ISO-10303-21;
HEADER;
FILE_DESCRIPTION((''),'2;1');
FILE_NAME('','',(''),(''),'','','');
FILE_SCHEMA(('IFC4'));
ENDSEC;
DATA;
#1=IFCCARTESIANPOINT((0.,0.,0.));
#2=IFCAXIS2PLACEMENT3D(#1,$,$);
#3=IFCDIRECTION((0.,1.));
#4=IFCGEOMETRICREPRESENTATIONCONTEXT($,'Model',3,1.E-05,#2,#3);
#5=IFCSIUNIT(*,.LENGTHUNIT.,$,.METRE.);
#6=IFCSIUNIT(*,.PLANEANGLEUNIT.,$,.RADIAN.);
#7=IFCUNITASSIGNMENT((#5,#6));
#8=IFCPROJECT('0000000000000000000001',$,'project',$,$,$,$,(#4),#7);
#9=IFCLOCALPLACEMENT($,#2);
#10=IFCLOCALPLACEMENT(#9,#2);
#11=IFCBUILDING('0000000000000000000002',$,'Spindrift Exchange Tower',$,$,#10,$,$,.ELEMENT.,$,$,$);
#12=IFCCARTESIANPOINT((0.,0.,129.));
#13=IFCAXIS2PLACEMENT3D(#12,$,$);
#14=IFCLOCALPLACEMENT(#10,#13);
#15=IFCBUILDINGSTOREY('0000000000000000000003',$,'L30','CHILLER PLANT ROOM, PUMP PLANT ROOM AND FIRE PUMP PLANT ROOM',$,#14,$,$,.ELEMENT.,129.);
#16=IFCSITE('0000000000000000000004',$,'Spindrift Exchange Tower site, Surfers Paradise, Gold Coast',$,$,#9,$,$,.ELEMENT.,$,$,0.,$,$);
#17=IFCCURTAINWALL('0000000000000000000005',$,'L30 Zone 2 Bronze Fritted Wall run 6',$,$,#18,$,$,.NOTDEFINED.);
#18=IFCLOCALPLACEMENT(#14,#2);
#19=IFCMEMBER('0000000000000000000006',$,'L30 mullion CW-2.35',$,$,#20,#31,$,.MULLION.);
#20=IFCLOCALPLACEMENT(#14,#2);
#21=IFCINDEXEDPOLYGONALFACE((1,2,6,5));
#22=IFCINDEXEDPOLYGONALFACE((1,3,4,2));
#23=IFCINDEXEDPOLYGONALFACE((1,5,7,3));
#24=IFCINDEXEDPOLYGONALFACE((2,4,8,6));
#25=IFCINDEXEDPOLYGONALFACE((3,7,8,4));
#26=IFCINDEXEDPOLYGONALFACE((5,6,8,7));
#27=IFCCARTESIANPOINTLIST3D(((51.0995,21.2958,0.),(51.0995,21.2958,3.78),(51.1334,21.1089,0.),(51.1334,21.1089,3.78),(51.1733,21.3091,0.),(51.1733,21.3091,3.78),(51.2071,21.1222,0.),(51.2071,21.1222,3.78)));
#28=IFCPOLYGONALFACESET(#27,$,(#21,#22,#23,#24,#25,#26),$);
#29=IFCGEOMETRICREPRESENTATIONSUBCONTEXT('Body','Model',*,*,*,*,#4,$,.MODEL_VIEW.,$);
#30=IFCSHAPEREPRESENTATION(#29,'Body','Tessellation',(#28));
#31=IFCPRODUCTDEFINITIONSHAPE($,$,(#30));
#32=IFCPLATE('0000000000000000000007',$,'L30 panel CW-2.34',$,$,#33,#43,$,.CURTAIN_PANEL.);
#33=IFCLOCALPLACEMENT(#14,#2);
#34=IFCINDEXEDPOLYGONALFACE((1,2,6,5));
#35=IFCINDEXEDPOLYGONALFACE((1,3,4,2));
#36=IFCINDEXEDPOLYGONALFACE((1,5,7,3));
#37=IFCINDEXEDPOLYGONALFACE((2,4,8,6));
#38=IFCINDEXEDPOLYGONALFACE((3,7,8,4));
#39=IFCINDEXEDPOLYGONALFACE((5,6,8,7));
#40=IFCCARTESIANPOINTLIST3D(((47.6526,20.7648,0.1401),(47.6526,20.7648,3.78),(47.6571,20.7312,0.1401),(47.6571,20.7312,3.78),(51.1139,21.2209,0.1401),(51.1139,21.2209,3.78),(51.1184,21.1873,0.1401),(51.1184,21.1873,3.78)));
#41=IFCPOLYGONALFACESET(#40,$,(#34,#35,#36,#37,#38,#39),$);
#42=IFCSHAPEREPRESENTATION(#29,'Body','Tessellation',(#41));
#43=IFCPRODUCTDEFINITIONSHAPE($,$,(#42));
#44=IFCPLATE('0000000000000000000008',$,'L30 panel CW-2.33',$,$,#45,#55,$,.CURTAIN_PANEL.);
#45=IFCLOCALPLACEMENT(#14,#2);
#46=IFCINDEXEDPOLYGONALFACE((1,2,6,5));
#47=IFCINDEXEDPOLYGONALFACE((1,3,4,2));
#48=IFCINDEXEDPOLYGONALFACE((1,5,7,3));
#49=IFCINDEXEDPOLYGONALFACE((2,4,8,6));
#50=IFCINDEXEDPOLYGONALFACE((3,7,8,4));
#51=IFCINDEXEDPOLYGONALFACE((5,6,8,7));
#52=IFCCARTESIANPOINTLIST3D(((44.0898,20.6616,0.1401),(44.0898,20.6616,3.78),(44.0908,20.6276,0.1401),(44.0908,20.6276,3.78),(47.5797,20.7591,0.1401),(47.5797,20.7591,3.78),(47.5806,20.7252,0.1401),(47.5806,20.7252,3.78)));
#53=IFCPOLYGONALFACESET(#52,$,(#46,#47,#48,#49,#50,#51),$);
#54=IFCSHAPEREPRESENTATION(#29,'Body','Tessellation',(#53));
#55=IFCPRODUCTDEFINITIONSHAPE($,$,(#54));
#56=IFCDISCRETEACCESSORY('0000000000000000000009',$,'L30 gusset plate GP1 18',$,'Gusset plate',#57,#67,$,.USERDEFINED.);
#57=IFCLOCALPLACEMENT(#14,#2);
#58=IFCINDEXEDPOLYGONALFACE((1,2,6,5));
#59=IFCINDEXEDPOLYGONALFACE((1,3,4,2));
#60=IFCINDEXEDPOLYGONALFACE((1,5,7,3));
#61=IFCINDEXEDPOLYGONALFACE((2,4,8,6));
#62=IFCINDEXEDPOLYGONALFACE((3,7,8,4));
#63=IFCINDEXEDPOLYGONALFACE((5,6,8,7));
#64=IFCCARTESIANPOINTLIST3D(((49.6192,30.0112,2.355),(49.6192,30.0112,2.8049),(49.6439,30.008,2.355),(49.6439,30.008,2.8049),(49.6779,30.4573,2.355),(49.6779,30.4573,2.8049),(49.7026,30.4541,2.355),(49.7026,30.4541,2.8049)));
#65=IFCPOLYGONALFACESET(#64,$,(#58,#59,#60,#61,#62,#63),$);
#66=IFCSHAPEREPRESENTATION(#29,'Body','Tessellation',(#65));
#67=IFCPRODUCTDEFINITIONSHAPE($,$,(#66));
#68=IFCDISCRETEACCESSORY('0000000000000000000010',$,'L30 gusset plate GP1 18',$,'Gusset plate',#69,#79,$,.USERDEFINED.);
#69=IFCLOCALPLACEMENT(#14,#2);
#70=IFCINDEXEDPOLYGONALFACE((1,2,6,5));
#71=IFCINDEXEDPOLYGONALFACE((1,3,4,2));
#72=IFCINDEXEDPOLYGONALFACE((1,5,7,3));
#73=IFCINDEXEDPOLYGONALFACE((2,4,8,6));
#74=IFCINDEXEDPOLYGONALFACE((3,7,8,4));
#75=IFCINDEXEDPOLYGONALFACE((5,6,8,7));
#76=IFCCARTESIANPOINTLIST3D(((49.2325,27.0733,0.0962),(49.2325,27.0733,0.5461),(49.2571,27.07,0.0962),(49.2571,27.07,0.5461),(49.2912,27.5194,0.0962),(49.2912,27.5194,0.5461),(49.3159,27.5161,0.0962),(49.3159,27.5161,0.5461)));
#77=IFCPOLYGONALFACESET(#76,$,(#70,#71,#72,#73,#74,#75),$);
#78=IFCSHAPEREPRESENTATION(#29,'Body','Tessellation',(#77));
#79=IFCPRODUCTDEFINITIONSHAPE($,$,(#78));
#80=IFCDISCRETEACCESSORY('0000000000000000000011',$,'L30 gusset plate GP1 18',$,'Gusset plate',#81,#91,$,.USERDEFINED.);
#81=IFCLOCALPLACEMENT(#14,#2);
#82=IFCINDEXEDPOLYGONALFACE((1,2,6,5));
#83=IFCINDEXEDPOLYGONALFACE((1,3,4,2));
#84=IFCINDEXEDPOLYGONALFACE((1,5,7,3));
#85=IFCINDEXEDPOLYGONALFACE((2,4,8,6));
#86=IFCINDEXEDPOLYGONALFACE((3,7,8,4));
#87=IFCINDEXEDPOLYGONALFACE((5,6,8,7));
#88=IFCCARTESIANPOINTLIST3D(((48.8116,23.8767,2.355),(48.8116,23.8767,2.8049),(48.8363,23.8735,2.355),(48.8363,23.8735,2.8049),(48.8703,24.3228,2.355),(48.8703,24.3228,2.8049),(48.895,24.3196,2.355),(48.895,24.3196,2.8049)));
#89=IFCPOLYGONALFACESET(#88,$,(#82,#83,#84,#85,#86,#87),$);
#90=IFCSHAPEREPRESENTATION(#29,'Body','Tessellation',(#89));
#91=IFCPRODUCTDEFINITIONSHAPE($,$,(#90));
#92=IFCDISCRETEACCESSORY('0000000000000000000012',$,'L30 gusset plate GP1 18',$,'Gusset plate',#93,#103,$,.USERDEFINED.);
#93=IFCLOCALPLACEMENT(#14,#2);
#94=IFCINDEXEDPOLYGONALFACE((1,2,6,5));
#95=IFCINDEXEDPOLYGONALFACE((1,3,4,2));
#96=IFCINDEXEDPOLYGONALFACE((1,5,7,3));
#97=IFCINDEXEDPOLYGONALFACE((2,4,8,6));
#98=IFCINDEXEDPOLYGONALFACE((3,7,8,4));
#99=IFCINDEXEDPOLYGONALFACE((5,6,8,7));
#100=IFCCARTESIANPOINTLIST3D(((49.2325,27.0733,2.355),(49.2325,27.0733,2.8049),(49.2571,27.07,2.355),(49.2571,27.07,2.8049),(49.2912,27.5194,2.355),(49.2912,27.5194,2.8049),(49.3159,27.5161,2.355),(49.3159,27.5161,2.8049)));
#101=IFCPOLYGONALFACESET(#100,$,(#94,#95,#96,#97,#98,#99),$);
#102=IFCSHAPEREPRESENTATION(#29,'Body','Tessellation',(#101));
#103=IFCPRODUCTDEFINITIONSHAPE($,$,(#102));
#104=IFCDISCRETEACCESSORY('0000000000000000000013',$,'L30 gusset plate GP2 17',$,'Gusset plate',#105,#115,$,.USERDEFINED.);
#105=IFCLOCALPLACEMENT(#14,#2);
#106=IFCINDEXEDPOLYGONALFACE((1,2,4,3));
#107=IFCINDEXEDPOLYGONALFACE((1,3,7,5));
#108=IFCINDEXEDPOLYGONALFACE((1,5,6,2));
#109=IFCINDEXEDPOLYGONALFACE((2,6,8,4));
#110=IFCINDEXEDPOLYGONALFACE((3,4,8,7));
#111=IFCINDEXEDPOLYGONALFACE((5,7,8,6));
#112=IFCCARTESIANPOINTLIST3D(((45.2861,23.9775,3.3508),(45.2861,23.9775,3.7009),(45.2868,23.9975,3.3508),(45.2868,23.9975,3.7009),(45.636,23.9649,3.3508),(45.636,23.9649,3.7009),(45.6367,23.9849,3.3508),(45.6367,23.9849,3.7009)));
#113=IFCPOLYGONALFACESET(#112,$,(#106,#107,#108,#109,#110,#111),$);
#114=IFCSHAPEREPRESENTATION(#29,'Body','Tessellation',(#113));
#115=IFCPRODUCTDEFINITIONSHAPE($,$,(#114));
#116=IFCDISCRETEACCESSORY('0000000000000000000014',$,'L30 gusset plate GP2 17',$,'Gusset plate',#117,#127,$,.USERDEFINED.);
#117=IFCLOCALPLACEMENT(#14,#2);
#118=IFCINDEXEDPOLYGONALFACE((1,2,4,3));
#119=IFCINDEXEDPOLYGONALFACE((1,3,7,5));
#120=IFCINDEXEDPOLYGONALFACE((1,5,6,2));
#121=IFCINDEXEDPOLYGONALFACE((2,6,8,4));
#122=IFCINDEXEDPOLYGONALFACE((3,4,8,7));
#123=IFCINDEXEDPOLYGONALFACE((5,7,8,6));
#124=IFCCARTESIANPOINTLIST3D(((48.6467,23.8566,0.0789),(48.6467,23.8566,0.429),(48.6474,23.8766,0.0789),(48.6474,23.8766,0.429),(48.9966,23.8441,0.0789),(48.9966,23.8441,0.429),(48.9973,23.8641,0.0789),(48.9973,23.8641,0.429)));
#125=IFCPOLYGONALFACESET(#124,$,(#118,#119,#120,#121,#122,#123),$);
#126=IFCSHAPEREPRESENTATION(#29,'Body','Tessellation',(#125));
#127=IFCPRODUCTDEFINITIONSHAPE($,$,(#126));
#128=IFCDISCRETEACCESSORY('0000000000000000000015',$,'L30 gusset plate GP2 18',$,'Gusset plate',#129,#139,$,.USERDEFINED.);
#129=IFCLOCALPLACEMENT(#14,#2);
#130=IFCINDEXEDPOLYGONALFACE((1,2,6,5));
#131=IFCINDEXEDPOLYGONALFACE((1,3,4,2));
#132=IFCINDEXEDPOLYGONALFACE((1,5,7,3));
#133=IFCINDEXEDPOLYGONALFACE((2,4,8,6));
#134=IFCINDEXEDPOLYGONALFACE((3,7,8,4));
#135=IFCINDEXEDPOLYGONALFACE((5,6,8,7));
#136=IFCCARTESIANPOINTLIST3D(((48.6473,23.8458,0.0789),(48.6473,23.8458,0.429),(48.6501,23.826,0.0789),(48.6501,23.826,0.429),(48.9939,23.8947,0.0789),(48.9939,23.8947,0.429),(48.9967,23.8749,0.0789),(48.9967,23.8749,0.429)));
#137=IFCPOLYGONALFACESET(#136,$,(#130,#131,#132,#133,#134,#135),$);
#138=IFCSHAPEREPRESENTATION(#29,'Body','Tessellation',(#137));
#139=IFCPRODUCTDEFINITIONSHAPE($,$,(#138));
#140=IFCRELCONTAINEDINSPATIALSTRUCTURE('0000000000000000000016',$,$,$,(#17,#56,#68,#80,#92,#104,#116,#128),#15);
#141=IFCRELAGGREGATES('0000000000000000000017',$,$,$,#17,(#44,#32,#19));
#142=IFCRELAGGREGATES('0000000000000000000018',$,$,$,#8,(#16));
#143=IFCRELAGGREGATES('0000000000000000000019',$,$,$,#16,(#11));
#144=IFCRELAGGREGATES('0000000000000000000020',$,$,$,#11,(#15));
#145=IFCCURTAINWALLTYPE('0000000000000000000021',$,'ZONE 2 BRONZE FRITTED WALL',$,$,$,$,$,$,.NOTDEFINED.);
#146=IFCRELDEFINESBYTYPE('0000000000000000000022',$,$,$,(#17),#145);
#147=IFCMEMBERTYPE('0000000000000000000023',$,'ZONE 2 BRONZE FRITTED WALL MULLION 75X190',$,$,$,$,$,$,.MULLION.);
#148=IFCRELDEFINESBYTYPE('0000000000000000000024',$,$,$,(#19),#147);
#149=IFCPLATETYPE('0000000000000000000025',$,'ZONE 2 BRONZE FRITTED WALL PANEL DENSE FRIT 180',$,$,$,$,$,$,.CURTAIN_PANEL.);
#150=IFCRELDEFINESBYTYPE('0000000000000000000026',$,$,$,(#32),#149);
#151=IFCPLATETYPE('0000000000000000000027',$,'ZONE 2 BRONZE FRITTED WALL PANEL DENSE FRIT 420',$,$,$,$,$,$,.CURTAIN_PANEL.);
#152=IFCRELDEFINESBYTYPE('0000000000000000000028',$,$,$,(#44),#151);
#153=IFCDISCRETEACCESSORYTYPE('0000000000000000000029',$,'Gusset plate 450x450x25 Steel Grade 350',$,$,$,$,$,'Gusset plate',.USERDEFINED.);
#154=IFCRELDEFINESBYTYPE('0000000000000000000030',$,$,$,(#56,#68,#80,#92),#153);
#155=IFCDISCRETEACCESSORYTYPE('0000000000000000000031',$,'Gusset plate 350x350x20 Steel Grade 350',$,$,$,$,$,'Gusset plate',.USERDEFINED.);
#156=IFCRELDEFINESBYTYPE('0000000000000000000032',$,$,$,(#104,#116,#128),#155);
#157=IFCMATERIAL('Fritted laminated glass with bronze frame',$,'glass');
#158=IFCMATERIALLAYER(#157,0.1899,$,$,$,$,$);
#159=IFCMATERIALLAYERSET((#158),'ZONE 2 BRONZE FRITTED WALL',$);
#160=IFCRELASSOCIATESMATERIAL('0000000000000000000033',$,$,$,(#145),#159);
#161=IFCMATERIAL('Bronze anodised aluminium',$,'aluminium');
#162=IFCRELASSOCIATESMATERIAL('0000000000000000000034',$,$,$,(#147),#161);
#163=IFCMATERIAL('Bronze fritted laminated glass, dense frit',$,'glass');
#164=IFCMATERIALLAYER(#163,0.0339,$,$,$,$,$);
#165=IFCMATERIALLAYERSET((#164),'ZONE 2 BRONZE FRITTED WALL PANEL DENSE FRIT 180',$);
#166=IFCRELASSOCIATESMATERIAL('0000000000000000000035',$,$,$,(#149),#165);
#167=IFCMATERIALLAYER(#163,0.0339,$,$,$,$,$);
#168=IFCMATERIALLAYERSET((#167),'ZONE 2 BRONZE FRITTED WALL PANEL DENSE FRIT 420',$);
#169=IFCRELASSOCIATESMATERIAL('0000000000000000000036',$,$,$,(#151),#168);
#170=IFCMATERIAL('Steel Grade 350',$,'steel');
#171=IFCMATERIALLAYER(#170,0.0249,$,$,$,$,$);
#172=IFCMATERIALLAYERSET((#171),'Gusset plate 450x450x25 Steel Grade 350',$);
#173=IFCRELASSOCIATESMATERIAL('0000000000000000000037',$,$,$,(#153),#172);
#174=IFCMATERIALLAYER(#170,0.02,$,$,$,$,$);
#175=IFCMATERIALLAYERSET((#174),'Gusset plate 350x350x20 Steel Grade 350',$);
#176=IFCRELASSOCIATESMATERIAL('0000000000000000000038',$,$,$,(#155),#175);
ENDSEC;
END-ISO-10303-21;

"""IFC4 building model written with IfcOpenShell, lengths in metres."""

from ifc_helpers import new_model, si_unit, direction, frame, origin, origin_2d, place, context, subcontext, project, spatial, rectangle, extrude, source, transform, mapped, material, layer, layer_set, material_profile, profile_set, type_object, element, aggregate, save


model = new_model("IFC4")

# Units and contexts
model_context = context("Model", 3, precision=1e-05, world=origin(), true_north=direction((0.0, 1.0)))
body_context = subcontext(model_context, "Body", "Model", "MODEL_VIEW")
ifc_project = project(units=[si_unit("LENGTHUNIT", "METRE"), si_unit("PLANEANGLEUNIT", "RADIAN")], contexts=[model_context])

# Site, building, storey
site_placement = place(None, origin())
site = spatial("IfcSite", under=ifc_project, at=site_placement, Name="Spindrift Exchange Tower site, Surfers Paradise, Gold Coast", CompositionType="ELEMENT", RefElevation=0.0)
building_placement = place(site_placement, origin())
building = spatial("IfcBuilding", under=site, at=building_placement, Name="Spindrift Exchange Tower", CompositionType="ELEMENT")
storey_placement = place(building_placement, frame((0.0, 0.0, 129.0)))
storey = spatial("IfcBuildingStorey", under=building, at=storey_placement, Name="L30", Description="CHILLER PLANT ROOM, PUMP PLANT ROOM AND FIRE PUMP PLANT ROOM", CompositionType="ELEMENT", Elevation=129.0)

# Shared definitions
ifc_material_1 = material(Name="Steel Grade 350", Category="steel")

# Curtain wall, member, plates
ifc_material_2 = material(Name="Fritted laminated glass with bronze frame", Category="glass")
ifc_layer_1 = layer(ifc_material_2, 0.1899)
ifc_layer_set_1 = layer_set([ifc_layer_1], Name="ZONE 2 BRONZE FRITTED WALL")
curtain_wall_type = type_object("IfcCurtainWallType", Name="ZONE 2 BRONZE FRITTED WALL", PredefinedType="NOTDEFINED", material=ifc_layer_set_1)
curtain_wall_placement = place(storey_placement, origin())
curtain_wall = element("IfcCurtainWall", 1, at=curtain_wall_placement, inside=storey, type_object=curtain_wall_type, Name="L30 Zone 2 Bronze Fritted Wall run 6", PredefinedType="NOTDEFINED")
ifc_material_3 = material(Name="Bronze anodised aluminium", Category="aluminium")
ifc_material_profile_1 = material_profile(ifc_material_3, rectangle(XDim=0.075, YDim=0.1899, at=origin_2d()), Name="ZONE 2 BRONZE FRITTED WALL MULLION 75X190")
ifc_profile_set_1 = profile_set([ifc_material_profile_1], Name="Bronze anodised aluminium")
member_type_1 = type_object("IfcMemberType", Name="ZONE 2 BRONZE FRITTED WALL MULLION 75X190", PredefinedType="MULLION", material=ifc_profile_set_1)
shared_shape_1 = source(origin(), body_context, "Body", "SweptSolid", [
    extrude(rectangle(XDim=0.075, YDim=0.1899, at=origin_2d()), origin(), (0.0, 0.0, 1.0), 3.78),
])
member_1_placement = place(storey_placement, frame((51.1533, 21.209, 0.0), z_axis=(0.0, 0.0, 1.0), x_axis=(0.983996, 0.178189, 0.0)))
member_1 = element("IfcMember", 2, at=member_1_placement, type_object=member_type_1, Name="L30 mullion CW-2.35", PredefinedType="MULLION", context=body_context, shape_type="MappedRepresentation", body=[
    mapped(shared_shape_1, transform((0.0, 0.0, 0.0), scale=1.0)),
])
ifc_material_4 = material(Name="Bronze fritted laminated glass, dense frit", Category="glass")
ifc_layer_2 = layer(ifc_material_4, 0.0339)
ifc_layer_set_2 = layer_set([ifc_layer_2], Name="ZONE 2 BRONZE FRITTED WALL PANEL DENSE FRIT 180")
plate_type_1 = type_object("IfcPlateType", Name="ZONE 2 BRONZE FRITTED WALL PANEL DENSE FRIT 180", PredefinedType="CURTAIN_PANEL", material=ifc_layer_set_2)
shared_shape_2 = source(origin(), body_context, "Body", "SweptSolid", [
    extrude(rectangle(XDim=3.4912, YDim=0.0339, at=origin_2d()), origin(), (0.0, 0.0, 1.0), 3.6399),
])
plate_1_placement = place(storey_placement, frame((49.3855, 20.9761, 0.1401), z_axis=(0.0, 0.0, 1.0), x_axis=(0.99143, 0.13064, 0.0)))
plate_1 = element("IfcPlate", 3, at=plate_1_placement, type_object=plate_type_1, Name="L30 panel CW-2.34", PredefinedType="CURTAIN_PANEL", context=body_context, shape_type="MappedRepresentation", body=[
    mapped(shared_shape_2, transform((0.0, 0.0, 0.0), scale=1.0)),
])
ifc_layer_3 = layer(ifc_material_4, 0.0339)
ifc_layer_set_3 = layer_set([ifc_layer_3], Name="ZONE 2 BRONZE FRITTED WALL PANEL DENSE FRIT 420")
plate_type_2 = type_object("IfcPlateType", Name="ZONE 2 BRONZE FRITTED WALL PANEL DENSE FRIT 420", PredefinedType="CURTAIN_PANEL", material=ifc_layer_set_3)
shared_shape_3 = source(origin(), body_context, "Body", "SweptSolid", [
    extrude(rectangle(XDim=3.4912, YDim=0.0339, at=origin_2d()), origin(), (0.0, 0.0, 1.0), 3.6399),
])
plate_2_placement = place(storey_placement, frame((45.8352, 20.6934, 0.1401), z_axis=(0.0, 0.0, 1.0), x_axis=(0.99961, 0.02793, 0.0)))
plate_2 = element("IfcPlate", 4, at=plate_2_placement, type_object=plate_type_2, Name="L30 panel CW-2.33", PredefinedType="CURTAIN_PANEL", context=body_context, shape_type="MappedRepresentation", body=[
    mapped(shared_shape_3, transform((0.0, 0.0, 0.0), scale=1.0)),
])
aggregate(curtain_wall, [plate_2, plate_1, member_1])

# Discrete accessories
ifc_layer_4 = layer(ifc_material_1, 0.0249)
ifc_layer_set_4 = layer_set([ifc_layer_4], Name="Gusset plate 450x450x25 Steel Grade 350")
discrete_accessory_type_1 = type_object("IfcDiscreteAccessoryType", Name="Gusset plate 450x450x25 Steel Grade 350", ElementType="Gusset plate", PredefinedType="USERDEFINED", material=ifc_layer_set_4)
shared_shape_4 = source(origin(), body_context, "Body", "SweptSolid", [
    extrude(rectangle(XDim=0.45, YDim=0.0249, at=origin_2d()), origin(), (0.0, 0.0, 1.0), 0.45),
])
for number, where, z_axis, x_axis, name in (
    (5, (49.6609, 30.2327, 2.355), (0.0, 0.0, 1.0), (-0.130528, -0.991445, 0.0), "L30 gusset plate GP1 18"),
    (6, (49.2742, 27.2947, 0.0962), (0.0, 0.0, 1.0), (-0.130528, -0.991445, 0.0), "L30 gusset plate GP1 18"),
    (7, (48.8533, 24.0981, 2.355), (0.0, 0.0, 1.0), (-0.130518, -0.991446, 0.0), "L30 gusset plate GP1 18"),
    (8, (49.2742, 27.2947, 2.355), (0.0, 0.0, 1.0), (-0.130526, -0.991445, 0.0), "L30 gusset plate GP1 18"),
):
    element("IfcDiscreteAccessory", number, at=place(storey_placement, frame(where, z_axis=z_axis, x_axis=x_axis)), inside=storey, type_object=discrete_accessory_type_1, Name=name, ObjectType="Gusset plate", PredefinedType="USERDEFINED", context=body_context, shape_type="MappedRepresentation", body=[
        mapped(shared_shape_4, transform((0.0, 0.0, 0.0), scale=1.0)),
    ])
ifc_layer_5 = layer(ifc_material_1, 0.02)
ifc_layer_set_5 = layer_set([ifc_layer_5], Name="Gusset plate 350x350x20 Steel Grade 350")
discrete_accessory_type_2 = type_object("IfcDiscreteAccessoryType", Name="Gusset plate 350x350x20 Steel Grade 350", ElementType="Gusset plate", PredefinedType="USERDEFINED", material=ifc_layer_set_5)
shared_shape_5 = source(origin(), body_context, "Body", "SweptSolid", [
    extrude(rectangle(XDim=0.3501, YDim=0.02, at=origin_2d()), origin(), (0.0, 0.0, 1.0), 0.3501),
])
for number, where, z_axis, x_axis, name in (
    (9, (45.4614, 23.9812, 3.3508), (0.0, 0.0, 1.0), (0.999354, -0.035925, 0.0), "L30 gusset plate GP2 17"),
    (10, (48.822, 23.8604, 0.0789), (0.0, 0.0, 1.0), (0.999353, -0.035953, 0.0), "L30 gusset plate GP2 17"),
    (11, (48.822, 23.8604, 0.0789), (0.0, 0.0, 1.0), (0.990171, 0.139861, 0.0), "L30 gusset plate GP2 18"),
):
    element("IfcDiscreteAccessory", number, at=place(storey_placement, frame(where, z_axis=z_axis, x_axis=x_axis)), inside=storey, type_object=discrete_accessory_type_2, Name=name, ObjectType="Gusset plate", PredefinedType="USERDEFINED", context=body_context, shape_type="MappedRepresentation", body=[
        mapped(shared_shape_5, transform((0.0, 0.0, 0.0), scale=1.0)),
    ])

save(model, "model.ifc")
